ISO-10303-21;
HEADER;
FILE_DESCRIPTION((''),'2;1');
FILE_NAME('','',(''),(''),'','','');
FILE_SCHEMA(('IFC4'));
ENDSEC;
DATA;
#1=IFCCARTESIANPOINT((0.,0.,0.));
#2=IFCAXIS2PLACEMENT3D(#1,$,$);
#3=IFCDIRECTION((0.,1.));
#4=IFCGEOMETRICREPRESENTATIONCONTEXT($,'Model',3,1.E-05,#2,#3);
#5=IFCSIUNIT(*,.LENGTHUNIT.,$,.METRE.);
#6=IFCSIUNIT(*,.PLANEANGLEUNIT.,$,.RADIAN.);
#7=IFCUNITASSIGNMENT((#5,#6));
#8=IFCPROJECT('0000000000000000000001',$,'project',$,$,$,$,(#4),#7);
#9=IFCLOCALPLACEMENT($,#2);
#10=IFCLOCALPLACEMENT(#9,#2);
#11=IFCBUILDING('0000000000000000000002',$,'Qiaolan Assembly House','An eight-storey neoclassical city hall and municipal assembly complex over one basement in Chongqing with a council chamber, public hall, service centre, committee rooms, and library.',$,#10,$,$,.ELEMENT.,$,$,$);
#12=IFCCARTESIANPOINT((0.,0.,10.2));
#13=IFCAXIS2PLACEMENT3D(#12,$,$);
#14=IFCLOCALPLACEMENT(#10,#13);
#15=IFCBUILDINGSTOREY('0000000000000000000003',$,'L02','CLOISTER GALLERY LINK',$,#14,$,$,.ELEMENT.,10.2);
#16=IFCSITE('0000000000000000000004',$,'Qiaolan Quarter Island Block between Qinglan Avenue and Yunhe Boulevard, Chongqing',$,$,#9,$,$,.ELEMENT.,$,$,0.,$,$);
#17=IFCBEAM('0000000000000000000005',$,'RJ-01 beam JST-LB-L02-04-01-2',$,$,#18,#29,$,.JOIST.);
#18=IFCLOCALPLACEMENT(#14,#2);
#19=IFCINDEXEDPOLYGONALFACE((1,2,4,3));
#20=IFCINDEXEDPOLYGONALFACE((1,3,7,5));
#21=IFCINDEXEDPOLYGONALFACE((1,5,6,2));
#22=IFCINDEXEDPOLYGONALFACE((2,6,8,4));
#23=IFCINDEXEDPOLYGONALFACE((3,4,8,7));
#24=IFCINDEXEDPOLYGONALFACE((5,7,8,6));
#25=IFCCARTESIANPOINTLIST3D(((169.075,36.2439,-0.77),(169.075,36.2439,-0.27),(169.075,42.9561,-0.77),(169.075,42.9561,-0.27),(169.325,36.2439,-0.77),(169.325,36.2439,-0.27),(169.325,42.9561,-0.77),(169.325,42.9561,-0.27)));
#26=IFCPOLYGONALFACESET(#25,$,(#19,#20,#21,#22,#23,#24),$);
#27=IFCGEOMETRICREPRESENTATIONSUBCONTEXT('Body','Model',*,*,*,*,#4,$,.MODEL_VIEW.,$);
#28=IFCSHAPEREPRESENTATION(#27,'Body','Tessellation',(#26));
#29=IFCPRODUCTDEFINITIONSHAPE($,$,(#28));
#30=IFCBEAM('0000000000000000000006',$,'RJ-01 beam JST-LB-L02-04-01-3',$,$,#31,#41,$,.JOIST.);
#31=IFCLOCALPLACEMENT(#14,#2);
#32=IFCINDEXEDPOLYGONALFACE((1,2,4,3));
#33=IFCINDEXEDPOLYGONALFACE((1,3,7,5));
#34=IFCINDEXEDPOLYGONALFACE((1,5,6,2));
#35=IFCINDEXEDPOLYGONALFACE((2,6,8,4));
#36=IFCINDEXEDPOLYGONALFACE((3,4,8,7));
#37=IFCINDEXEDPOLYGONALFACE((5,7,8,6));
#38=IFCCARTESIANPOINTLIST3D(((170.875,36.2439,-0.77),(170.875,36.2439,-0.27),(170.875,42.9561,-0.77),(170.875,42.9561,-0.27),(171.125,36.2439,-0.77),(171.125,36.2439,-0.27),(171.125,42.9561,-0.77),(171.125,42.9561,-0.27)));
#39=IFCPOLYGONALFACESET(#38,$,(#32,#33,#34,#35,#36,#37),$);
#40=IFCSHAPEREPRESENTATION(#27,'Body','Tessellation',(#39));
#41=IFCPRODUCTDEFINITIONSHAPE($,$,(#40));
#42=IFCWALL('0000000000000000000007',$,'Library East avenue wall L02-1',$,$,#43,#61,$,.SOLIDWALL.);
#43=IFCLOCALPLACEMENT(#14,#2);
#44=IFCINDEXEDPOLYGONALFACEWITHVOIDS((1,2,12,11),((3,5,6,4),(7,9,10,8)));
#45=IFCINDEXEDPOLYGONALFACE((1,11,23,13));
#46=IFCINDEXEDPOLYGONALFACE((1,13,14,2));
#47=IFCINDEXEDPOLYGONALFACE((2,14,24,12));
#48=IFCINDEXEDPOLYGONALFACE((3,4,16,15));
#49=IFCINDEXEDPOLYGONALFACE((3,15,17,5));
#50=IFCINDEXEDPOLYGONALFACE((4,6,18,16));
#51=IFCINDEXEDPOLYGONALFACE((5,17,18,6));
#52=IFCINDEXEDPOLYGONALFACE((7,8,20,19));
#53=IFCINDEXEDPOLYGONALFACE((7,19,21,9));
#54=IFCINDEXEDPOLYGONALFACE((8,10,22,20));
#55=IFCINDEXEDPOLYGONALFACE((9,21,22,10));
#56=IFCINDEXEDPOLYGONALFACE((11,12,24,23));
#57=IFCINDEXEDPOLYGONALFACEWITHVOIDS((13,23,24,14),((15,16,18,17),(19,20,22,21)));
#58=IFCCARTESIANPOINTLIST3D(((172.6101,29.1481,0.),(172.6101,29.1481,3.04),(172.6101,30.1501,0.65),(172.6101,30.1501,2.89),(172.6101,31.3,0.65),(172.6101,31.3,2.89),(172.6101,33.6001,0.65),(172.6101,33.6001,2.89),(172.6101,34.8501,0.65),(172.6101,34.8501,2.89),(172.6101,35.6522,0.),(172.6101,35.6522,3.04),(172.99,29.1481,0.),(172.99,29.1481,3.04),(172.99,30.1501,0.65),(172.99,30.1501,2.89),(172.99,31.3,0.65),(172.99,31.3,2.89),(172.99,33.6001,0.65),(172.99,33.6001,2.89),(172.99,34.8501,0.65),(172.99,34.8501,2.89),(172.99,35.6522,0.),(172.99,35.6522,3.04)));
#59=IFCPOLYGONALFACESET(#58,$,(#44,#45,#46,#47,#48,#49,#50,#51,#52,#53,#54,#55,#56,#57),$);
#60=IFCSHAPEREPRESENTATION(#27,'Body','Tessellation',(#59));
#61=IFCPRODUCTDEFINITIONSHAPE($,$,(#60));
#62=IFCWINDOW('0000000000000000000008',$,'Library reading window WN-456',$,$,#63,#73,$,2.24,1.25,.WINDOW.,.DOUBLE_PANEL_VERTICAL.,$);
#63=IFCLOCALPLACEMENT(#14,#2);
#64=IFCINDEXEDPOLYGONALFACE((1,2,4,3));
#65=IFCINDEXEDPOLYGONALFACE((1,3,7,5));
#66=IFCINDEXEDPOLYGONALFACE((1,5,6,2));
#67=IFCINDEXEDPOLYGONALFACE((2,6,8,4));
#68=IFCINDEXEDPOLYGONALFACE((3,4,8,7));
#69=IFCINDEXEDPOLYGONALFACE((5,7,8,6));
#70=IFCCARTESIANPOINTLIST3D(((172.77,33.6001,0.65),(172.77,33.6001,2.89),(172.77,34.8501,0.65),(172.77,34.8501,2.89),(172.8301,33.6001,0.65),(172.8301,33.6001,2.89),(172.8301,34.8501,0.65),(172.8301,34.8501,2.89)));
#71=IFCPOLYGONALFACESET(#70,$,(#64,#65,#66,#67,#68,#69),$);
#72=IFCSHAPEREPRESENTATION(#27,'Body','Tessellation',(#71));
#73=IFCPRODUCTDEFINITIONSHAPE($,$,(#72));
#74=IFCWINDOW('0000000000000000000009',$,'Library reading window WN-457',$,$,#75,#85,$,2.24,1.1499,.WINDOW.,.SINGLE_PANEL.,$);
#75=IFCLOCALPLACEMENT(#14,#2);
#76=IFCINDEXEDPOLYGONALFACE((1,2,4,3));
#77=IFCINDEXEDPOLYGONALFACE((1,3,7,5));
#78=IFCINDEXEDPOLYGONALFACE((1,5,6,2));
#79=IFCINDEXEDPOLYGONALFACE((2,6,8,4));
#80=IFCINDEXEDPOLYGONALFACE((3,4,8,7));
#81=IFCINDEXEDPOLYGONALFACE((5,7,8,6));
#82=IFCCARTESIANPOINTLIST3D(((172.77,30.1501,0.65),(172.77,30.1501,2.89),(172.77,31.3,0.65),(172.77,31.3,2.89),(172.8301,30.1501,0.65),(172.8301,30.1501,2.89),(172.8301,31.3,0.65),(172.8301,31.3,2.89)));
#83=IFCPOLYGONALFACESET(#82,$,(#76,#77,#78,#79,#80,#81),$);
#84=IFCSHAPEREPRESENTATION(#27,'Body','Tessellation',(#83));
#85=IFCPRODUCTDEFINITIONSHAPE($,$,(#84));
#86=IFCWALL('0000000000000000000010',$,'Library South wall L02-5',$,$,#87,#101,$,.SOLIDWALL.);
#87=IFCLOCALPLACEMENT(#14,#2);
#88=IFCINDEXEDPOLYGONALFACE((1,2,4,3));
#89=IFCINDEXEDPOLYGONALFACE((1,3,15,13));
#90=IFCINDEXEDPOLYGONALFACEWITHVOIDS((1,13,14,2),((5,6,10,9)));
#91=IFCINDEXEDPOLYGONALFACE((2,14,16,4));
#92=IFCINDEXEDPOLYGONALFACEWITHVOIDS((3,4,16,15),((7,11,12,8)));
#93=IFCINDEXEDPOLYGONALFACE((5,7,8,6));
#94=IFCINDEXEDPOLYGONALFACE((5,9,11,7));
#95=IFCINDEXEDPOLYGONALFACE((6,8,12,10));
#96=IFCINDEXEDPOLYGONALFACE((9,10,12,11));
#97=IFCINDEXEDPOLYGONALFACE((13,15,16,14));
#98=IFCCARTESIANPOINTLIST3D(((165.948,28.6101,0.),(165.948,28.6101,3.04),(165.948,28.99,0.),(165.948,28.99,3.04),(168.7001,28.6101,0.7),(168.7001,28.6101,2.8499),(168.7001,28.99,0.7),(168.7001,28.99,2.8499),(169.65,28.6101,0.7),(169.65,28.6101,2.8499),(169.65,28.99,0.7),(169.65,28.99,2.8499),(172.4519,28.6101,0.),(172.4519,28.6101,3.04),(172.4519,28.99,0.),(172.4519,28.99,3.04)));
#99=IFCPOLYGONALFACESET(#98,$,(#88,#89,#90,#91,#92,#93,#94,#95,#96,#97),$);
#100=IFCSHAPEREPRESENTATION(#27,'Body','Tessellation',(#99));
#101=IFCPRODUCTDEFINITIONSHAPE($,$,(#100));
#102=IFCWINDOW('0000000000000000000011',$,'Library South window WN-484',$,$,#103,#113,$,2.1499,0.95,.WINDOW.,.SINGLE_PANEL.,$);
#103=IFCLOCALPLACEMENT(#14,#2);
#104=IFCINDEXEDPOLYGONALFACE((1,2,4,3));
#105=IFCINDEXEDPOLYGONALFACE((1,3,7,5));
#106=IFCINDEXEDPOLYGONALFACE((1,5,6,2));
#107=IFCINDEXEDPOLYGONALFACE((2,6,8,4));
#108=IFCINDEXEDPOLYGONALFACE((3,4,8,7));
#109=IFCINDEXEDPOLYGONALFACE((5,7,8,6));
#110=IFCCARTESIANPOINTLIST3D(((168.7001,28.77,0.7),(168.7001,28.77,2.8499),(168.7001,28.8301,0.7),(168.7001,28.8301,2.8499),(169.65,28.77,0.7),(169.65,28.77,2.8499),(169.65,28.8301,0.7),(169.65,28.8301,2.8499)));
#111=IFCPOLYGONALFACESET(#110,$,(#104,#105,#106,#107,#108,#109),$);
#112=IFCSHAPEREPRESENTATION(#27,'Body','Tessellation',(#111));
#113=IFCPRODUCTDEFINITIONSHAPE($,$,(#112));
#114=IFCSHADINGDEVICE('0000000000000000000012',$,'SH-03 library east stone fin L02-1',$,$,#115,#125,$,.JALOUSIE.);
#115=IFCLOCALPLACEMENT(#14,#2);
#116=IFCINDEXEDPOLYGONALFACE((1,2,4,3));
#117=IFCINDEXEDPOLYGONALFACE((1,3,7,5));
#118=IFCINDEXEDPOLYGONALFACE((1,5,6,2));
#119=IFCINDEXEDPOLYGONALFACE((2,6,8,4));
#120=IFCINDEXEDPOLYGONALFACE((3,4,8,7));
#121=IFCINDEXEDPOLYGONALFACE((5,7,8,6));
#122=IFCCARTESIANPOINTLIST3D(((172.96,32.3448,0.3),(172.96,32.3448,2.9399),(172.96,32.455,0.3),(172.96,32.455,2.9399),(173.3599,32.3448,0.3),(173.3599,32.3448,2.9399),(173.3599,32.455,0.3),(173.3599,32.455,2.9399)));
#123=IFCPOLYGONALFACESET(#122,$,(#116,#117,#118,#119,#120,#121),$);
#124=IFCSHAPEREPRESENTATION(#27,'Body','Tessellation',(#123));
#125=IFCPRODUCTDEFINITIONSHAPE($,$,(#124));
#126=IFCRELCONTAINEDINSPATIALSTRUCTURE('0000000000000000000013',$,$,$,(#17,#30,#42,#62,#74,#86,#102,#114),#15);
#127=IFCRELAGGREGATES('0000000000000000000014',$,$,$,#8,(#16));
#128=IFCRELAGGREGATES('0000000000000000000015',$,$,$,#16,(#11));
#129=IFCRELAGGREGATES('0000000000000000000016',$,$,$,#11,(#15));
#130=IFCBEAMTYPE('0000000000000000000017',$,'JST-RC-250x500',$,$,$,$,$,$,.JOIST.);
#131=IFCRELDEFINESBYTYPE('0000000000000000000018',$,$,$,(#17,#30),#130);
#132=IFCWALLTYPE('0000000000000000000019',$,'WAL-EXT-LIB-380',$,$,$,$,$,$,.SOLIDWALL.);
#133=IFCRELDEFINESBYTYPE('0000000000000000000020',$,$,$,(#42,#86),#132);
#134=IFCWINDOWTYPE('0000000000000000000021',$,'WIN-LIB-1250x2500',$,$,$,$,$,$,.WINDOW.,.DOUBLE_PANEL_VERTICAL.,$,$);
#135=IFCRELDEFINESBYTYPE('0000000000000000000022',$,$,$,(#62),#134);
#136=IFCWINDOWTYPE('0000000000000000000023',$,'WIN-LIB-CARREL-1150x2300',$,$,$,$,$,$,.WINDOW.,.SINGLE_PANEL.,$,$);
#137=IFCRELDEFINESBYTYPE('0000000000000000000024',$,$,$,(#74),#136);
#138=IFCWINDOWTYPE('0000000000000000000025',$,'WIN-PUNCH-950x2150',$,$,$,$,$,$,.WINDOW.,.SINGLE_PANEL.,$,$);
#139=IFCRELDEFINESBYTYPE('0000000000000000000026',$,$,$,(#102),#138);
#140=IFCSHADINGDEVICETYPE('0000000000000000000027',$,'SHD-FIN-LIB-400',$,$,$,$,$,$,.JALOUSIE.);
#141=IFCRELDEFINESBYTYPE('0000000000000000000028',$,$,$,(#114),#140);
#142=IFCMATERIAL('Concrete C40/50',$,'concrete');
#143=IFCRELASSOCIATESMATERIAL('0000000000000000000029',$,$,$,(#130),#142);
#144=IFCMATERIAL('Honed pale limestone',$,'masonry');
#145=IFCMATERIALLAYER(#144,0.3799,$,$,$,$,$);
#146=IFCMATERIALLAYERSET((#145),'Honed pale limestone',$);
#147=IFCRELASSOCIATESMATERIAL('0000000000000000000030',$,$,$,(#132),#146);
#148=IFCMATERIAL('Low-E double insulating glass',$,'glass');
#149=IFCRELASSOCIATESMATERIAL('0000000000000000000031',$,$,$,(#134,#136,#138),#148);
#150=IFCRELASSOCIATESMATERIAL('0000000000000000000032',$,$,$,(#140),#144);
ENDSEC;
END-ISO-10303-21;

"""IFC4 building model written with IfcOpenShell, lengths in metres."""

from ifc_helpers import new_model, si_unit, direction, frame, frame_2d, origin, origin_2d, place, context, subcontext, project, spatial, rectangle, extrude, material, layer, layer_set, material_profile, profile_set, type_object, element, fill, save


model = new_model("IFC4")

# Units and contexts
model_context = context("Model", 3, precision=1e-05, world=origin(), true_north=direction((0.0, 1.0)))
body_context = subcontext(model_context, "Body", "Model", "MODEL_VIEW")
ifc_project = project(units=[si_unit("LENGTHUNIT", "METRE"), si_unit("PLANEANGLEUNIT", "RADIAN")], contexts=[model_context])

# Site, building, storey
site_placement = place(None, origin())
site = spatial("IfcSite", under=ifc_project, at=site_placement, Name="Qiaolan Quarter Island Block between Qinglan Avenue and Yunhe Boulevard, Chongqing", CompositionType="ELEMENT", RefElevation=0.0)
building_placement = place(site_placement, origin())
building = spatial("IfcBuilding", under=site, at=building_placement, Name="Qiaolan Assembly House", Description="An eight-storey neoclassical city hall and municipal assembly complex over one basement in Chongqing with a council chamber, public hall, service centre, committee rooms, and library.", CompositionType="ELEMENT")
storey_placement = place(building_placement, frame((0.0, 0.0, 10.2)))
storey = spatial("IfcBuildingStorey", under=building, at=storey_placement, Name="L02", Description="CLOISTER GALLERY LINK", CompositionType="ELEMENT", Elevation=10.2)

# Shared definitions
ifc_material_1 = material(Name="Concrete C40/50", Category="concrete")

# Beams
ifc_material_profile_1 = material_profile(ifc_material_1, rectangle(XDim=0.25, YDim=0.5, at=origin_2d()), Name="RCB 250x500")
ifc_profile_set_1 = profile_set([ifc_material_profile_1], Name="Concrete C40/50")
beam_type_1 = type_object("IfcBeamType", Name="JST-RC-250x500", PredefinedType="JOIST", material=ifc_profile_set_1)
for number, where, z_axis, x_axis, name in (
    (1, (169.2, 36.2439, -0.52), (0.0, 1.0, 0.0), (-1.0, 0.0, 0.0), "RJ-01 beam JST-LB-L02-04-01-2"),
    (2, (171.0, 36.2439, -0.52), (0.0, 1.0, 0.0), (-1.0, 0.0, 0.0), "RJ-01 beam JST-LB-L02-04-01-3"),
):
    element("IfcBeam", number, at=place(storey_placement, frame(where, z_axis=z_axis, x_axis=x_axis)), inside=storey, type_object=beam_type_1, Name=name, PredefinedType="JOIST", context=body_context, shape_type="SweptSolid", body=[
        extrude(rectangle(XDim=0.25, YDim=0.5, at=origin_2d()), origin(), (0.0, 0.0, 1.0), 6.7122),
    ])

# Wall, openings, windows
ifc_material_2 = material(Name="Honed pale limestone", Category="masonry")
ifc_layer = layer(ifc_material_2, 0.3799)
ifc_layer_set = layer_set([ifc_layer], Name="Honed pale limestone")
wall_type = type_object("IfcWallType", Name="WAL-EXT-LIB-380", PredefinedType="SOLIDWALL", material=ifc_layer_set)
wall_1_placement = place(storey_placement, frame((172.8, 35.6521, 0.0), z_axis=(0.0, 0.0, 1.0), x_axis=(0.0, -1.0, 0.0)))
wall_1 = element("IfcWall", 3, at=wall_1_placement, inside=storey, type_object=wall_type, Name="Library East avenue wall L02-1", PredefinedType="SOLIDWALL", context=body_context, shape_type="SweptSolid", body=[
    extrude(rectangle(XDim=6.5042, YDim=0.3799, at=frame_2d((3.252, 0.0))), origin(), (0.0, 0.0, 1.0), 3.04),
])
opening_1_placement = place(wall_1_placement, frame((0.802, 0.0, 0.6499)))
opening_1 = element("IfcOpeningElement", 4, at=opening_1_placement, cuts=wall_1, PredefinedType="OPENING", context=body_context, shape_type="SweptSolid", body=[
    extrude(rectangle(XDim=1.25, YDim=2.24, at=frame_2d((0.625, 1.1201))), frame((0.0, 0.2, 0.0), z_axis=(0.0, -1.0, 0.0), x_axis=(1.0, 0.0, 0.0)), (0.0, 0.0, 1.0), 0.3999),
])
opening_2_placement = place(wall_1_placement, frame((4.3521, 0.0, 0.6499)))
opening_2 = element("IfcOpeningElement", 5, at=opening_2_placement, cuts=wall_1, PredefinedType="OPENING", context=body_context, shape_type="SweptSolid", body=[
    extrude(rectangle(XDim=1.1499, YDim=2.24, at=frame_2d((0.575, 1.1201))), frame((0.0, 0.2, 0.0), z_axis=(0.0, -1.0, 0.0), x_axis=(1.0, 0.0, 0.0)), (0.0, 0.0, 1.0), 0.3999),
])
ifc_material_3 = material(Name="Low-E double insulating glass", Category="glass")
window_type_1 = type_object("IfcWindowType", Name="WIN-LIB-1250x2500", PartitioningType="DOUBLE_PANEL_VERTICAL", PredefinedType="WINDOW", material=ifc_material_3)
window_1_placement = place(opening_1_placement, origin())
window_1 = element("IfcWindow", 6, at=window_1_placement, inside=storey, type_object=window_type_1, Name="Library reading window WN-456", OverallHeight=2.24, OverallWidth=1.25, PartitioningType="DOUBLE_PANEL_VERTICAL", PredefinedType="WINDOW", context=body_context, shape_type="SweptSolid", body=[
    extrude(rectangle(XDim=1.25, YDim=2.24, at=frame_2d((0.625, 1.1201))), frame((0.0, 0.03, 0.0), z_axis=(0.0, -1.0, 0.0), x_axis=(1.0, 0.0, 0.0)), (0.0, 0.0, 1.0), 0.0601),
])
fill(opening_1, window_1)
window_type_2 = type_object("IfcWindowType", Name="WIN-LIB-CARREL-1150x2300", PartitioningType="SINGLE_PANEL", PredefinedType="WINDOW", material=ifc_material_3)
window_2_placement = place(opening_2_placement, origin())
window_2 = element("IfcWindow", 7, at=window_2_placement, inside=storey, type_object=window_type_2, Name="Library reading window WN-457", OverallHeight=2.24, OverallWidth=1.1499, PartitioningType="SINGLE_PANEL", PredefinedType="WINDOW", context=body_context, shape_type="SweptSolid", body=[
    extrude(rectangle(XDim=1.1499, YDim=2.24, at=frame_2d((0.575, 1.1201))), frame((0.0, 0.03, 0.0), z_axis=(0.0, -1.0, 0.0), x_axis=(1.0, 0.0, 0.0)), (0.0, 0.0, 1.0), 0.0601),
])
fill(opening_2, window_2)

# Wall, opening, window
wall_2_placement = place(storey_placement, frame((165.948, 28.8, 0.0), z_axis=(0.0, 0.0, 1.0), x_axis=(1.0, 0.0, 0.0)))
wall_2 = element("IfcWall", 8, at=wall_2_placement, inside=storey, type_object=wall_type, Name="Library South wall L02-5", PredefinedType="SOLIDWALL", context=body_context, shape_type="SweptSolid", body=[
    extrude(rectangle(XDim=6.5039, YDim=0.3799, at=frame_2d((3.252, 0.0))), origin(), (0.0, 0.0, 1.0), 3.04),
])
opening_3_placement = place(wall_2_placement, frame((2.752, 0.0, 0.7)))
opening_3 = element("IfcOpeningElement", 9, at=opening_3_placement, cuts=wall_2, PredefinedType="OPENING", context=body_context, shape_type="SweptSolid", body=[
    extrude(rectangle(XDim=0.95, YDim=2.1499, at=frame_2d((0.4751, 1.075))), frame((0.0, 0.2, 0.0), z_axis=(0.0, -1.0, 0.0), x_axis=(1.0, 0.0, 0.0)), (0.0, 0.0, 1.0), 0.3999),
])
window_type_3 = type_object("IfcWindowType", Name="WIN-PUNCH-950x2150", PartitioningType="SINGLE_PANEL", PredefinedType="WINDOW", material=ifc_material_3)
window_3_placement = place(opening_3_placement, origin())
window_3 = element("IfcWindow", 10, at=window_3_placement, inside=storey, type_object=window_type_3, Name="Library South window WN-484", OverallHeight=2.1499, OverallWidth=0.95, PartitioningType="SINGLE_PANEL", PredefinedType="WINDOW", context=body_context, shape_type="SweptSolid", body=[
    extrude(rectangle(XDim=0.95, YDim=2.1499, at=frame_2d((0.4751, 1.075))), frame((0.0, 0.03, 0.0), z_axis=(0.0, -1.0, 0.0), x_axis=(1.0, 0.0, 0.0)), (0.0, 0.0, 1.0), 0.0601),
])
fill(opening_3, window_3)

# Shading device
ifc_material_profile_2 = material_profile(ifc_material_2, rectangle(XDim=0.1101, YDim=0.3999, at=origin_2d()), Name="FIN 110x400")
ifc_profile_set_2 = profile_set([ifc_material_profile_2], Name="Honed pale limestone")
shading_device_type = type_object("IfcShadingDeviceType", Name="SHD-FIN-LIB-400", PredefinedType="JALOUSIE", material=ifc_profile_set_2)
shading_device_placement = place(storey_placement, frame((173.1599, 32.3999, 0.3), z_axis=(0.0, 0.0, 1.0), x_axis=(0.0, 1.0, 0.0)))
element("IfcShadingDevice", 11, at=shading_device_placement, inside=storey, type_object=shading_device_type, Name="SH-03 library east stone fin L02-1", PredefinedType="JALOUSIE", context=body_context, shape_type="SweptSolid", body=[
    extrude(rectangle(XDim=0.1101, YDim=0.3999, at=origin_2d()), origin(), (0.0, 0.0, 1.0), 2.6399),
])

save(model, "model.ifc")
